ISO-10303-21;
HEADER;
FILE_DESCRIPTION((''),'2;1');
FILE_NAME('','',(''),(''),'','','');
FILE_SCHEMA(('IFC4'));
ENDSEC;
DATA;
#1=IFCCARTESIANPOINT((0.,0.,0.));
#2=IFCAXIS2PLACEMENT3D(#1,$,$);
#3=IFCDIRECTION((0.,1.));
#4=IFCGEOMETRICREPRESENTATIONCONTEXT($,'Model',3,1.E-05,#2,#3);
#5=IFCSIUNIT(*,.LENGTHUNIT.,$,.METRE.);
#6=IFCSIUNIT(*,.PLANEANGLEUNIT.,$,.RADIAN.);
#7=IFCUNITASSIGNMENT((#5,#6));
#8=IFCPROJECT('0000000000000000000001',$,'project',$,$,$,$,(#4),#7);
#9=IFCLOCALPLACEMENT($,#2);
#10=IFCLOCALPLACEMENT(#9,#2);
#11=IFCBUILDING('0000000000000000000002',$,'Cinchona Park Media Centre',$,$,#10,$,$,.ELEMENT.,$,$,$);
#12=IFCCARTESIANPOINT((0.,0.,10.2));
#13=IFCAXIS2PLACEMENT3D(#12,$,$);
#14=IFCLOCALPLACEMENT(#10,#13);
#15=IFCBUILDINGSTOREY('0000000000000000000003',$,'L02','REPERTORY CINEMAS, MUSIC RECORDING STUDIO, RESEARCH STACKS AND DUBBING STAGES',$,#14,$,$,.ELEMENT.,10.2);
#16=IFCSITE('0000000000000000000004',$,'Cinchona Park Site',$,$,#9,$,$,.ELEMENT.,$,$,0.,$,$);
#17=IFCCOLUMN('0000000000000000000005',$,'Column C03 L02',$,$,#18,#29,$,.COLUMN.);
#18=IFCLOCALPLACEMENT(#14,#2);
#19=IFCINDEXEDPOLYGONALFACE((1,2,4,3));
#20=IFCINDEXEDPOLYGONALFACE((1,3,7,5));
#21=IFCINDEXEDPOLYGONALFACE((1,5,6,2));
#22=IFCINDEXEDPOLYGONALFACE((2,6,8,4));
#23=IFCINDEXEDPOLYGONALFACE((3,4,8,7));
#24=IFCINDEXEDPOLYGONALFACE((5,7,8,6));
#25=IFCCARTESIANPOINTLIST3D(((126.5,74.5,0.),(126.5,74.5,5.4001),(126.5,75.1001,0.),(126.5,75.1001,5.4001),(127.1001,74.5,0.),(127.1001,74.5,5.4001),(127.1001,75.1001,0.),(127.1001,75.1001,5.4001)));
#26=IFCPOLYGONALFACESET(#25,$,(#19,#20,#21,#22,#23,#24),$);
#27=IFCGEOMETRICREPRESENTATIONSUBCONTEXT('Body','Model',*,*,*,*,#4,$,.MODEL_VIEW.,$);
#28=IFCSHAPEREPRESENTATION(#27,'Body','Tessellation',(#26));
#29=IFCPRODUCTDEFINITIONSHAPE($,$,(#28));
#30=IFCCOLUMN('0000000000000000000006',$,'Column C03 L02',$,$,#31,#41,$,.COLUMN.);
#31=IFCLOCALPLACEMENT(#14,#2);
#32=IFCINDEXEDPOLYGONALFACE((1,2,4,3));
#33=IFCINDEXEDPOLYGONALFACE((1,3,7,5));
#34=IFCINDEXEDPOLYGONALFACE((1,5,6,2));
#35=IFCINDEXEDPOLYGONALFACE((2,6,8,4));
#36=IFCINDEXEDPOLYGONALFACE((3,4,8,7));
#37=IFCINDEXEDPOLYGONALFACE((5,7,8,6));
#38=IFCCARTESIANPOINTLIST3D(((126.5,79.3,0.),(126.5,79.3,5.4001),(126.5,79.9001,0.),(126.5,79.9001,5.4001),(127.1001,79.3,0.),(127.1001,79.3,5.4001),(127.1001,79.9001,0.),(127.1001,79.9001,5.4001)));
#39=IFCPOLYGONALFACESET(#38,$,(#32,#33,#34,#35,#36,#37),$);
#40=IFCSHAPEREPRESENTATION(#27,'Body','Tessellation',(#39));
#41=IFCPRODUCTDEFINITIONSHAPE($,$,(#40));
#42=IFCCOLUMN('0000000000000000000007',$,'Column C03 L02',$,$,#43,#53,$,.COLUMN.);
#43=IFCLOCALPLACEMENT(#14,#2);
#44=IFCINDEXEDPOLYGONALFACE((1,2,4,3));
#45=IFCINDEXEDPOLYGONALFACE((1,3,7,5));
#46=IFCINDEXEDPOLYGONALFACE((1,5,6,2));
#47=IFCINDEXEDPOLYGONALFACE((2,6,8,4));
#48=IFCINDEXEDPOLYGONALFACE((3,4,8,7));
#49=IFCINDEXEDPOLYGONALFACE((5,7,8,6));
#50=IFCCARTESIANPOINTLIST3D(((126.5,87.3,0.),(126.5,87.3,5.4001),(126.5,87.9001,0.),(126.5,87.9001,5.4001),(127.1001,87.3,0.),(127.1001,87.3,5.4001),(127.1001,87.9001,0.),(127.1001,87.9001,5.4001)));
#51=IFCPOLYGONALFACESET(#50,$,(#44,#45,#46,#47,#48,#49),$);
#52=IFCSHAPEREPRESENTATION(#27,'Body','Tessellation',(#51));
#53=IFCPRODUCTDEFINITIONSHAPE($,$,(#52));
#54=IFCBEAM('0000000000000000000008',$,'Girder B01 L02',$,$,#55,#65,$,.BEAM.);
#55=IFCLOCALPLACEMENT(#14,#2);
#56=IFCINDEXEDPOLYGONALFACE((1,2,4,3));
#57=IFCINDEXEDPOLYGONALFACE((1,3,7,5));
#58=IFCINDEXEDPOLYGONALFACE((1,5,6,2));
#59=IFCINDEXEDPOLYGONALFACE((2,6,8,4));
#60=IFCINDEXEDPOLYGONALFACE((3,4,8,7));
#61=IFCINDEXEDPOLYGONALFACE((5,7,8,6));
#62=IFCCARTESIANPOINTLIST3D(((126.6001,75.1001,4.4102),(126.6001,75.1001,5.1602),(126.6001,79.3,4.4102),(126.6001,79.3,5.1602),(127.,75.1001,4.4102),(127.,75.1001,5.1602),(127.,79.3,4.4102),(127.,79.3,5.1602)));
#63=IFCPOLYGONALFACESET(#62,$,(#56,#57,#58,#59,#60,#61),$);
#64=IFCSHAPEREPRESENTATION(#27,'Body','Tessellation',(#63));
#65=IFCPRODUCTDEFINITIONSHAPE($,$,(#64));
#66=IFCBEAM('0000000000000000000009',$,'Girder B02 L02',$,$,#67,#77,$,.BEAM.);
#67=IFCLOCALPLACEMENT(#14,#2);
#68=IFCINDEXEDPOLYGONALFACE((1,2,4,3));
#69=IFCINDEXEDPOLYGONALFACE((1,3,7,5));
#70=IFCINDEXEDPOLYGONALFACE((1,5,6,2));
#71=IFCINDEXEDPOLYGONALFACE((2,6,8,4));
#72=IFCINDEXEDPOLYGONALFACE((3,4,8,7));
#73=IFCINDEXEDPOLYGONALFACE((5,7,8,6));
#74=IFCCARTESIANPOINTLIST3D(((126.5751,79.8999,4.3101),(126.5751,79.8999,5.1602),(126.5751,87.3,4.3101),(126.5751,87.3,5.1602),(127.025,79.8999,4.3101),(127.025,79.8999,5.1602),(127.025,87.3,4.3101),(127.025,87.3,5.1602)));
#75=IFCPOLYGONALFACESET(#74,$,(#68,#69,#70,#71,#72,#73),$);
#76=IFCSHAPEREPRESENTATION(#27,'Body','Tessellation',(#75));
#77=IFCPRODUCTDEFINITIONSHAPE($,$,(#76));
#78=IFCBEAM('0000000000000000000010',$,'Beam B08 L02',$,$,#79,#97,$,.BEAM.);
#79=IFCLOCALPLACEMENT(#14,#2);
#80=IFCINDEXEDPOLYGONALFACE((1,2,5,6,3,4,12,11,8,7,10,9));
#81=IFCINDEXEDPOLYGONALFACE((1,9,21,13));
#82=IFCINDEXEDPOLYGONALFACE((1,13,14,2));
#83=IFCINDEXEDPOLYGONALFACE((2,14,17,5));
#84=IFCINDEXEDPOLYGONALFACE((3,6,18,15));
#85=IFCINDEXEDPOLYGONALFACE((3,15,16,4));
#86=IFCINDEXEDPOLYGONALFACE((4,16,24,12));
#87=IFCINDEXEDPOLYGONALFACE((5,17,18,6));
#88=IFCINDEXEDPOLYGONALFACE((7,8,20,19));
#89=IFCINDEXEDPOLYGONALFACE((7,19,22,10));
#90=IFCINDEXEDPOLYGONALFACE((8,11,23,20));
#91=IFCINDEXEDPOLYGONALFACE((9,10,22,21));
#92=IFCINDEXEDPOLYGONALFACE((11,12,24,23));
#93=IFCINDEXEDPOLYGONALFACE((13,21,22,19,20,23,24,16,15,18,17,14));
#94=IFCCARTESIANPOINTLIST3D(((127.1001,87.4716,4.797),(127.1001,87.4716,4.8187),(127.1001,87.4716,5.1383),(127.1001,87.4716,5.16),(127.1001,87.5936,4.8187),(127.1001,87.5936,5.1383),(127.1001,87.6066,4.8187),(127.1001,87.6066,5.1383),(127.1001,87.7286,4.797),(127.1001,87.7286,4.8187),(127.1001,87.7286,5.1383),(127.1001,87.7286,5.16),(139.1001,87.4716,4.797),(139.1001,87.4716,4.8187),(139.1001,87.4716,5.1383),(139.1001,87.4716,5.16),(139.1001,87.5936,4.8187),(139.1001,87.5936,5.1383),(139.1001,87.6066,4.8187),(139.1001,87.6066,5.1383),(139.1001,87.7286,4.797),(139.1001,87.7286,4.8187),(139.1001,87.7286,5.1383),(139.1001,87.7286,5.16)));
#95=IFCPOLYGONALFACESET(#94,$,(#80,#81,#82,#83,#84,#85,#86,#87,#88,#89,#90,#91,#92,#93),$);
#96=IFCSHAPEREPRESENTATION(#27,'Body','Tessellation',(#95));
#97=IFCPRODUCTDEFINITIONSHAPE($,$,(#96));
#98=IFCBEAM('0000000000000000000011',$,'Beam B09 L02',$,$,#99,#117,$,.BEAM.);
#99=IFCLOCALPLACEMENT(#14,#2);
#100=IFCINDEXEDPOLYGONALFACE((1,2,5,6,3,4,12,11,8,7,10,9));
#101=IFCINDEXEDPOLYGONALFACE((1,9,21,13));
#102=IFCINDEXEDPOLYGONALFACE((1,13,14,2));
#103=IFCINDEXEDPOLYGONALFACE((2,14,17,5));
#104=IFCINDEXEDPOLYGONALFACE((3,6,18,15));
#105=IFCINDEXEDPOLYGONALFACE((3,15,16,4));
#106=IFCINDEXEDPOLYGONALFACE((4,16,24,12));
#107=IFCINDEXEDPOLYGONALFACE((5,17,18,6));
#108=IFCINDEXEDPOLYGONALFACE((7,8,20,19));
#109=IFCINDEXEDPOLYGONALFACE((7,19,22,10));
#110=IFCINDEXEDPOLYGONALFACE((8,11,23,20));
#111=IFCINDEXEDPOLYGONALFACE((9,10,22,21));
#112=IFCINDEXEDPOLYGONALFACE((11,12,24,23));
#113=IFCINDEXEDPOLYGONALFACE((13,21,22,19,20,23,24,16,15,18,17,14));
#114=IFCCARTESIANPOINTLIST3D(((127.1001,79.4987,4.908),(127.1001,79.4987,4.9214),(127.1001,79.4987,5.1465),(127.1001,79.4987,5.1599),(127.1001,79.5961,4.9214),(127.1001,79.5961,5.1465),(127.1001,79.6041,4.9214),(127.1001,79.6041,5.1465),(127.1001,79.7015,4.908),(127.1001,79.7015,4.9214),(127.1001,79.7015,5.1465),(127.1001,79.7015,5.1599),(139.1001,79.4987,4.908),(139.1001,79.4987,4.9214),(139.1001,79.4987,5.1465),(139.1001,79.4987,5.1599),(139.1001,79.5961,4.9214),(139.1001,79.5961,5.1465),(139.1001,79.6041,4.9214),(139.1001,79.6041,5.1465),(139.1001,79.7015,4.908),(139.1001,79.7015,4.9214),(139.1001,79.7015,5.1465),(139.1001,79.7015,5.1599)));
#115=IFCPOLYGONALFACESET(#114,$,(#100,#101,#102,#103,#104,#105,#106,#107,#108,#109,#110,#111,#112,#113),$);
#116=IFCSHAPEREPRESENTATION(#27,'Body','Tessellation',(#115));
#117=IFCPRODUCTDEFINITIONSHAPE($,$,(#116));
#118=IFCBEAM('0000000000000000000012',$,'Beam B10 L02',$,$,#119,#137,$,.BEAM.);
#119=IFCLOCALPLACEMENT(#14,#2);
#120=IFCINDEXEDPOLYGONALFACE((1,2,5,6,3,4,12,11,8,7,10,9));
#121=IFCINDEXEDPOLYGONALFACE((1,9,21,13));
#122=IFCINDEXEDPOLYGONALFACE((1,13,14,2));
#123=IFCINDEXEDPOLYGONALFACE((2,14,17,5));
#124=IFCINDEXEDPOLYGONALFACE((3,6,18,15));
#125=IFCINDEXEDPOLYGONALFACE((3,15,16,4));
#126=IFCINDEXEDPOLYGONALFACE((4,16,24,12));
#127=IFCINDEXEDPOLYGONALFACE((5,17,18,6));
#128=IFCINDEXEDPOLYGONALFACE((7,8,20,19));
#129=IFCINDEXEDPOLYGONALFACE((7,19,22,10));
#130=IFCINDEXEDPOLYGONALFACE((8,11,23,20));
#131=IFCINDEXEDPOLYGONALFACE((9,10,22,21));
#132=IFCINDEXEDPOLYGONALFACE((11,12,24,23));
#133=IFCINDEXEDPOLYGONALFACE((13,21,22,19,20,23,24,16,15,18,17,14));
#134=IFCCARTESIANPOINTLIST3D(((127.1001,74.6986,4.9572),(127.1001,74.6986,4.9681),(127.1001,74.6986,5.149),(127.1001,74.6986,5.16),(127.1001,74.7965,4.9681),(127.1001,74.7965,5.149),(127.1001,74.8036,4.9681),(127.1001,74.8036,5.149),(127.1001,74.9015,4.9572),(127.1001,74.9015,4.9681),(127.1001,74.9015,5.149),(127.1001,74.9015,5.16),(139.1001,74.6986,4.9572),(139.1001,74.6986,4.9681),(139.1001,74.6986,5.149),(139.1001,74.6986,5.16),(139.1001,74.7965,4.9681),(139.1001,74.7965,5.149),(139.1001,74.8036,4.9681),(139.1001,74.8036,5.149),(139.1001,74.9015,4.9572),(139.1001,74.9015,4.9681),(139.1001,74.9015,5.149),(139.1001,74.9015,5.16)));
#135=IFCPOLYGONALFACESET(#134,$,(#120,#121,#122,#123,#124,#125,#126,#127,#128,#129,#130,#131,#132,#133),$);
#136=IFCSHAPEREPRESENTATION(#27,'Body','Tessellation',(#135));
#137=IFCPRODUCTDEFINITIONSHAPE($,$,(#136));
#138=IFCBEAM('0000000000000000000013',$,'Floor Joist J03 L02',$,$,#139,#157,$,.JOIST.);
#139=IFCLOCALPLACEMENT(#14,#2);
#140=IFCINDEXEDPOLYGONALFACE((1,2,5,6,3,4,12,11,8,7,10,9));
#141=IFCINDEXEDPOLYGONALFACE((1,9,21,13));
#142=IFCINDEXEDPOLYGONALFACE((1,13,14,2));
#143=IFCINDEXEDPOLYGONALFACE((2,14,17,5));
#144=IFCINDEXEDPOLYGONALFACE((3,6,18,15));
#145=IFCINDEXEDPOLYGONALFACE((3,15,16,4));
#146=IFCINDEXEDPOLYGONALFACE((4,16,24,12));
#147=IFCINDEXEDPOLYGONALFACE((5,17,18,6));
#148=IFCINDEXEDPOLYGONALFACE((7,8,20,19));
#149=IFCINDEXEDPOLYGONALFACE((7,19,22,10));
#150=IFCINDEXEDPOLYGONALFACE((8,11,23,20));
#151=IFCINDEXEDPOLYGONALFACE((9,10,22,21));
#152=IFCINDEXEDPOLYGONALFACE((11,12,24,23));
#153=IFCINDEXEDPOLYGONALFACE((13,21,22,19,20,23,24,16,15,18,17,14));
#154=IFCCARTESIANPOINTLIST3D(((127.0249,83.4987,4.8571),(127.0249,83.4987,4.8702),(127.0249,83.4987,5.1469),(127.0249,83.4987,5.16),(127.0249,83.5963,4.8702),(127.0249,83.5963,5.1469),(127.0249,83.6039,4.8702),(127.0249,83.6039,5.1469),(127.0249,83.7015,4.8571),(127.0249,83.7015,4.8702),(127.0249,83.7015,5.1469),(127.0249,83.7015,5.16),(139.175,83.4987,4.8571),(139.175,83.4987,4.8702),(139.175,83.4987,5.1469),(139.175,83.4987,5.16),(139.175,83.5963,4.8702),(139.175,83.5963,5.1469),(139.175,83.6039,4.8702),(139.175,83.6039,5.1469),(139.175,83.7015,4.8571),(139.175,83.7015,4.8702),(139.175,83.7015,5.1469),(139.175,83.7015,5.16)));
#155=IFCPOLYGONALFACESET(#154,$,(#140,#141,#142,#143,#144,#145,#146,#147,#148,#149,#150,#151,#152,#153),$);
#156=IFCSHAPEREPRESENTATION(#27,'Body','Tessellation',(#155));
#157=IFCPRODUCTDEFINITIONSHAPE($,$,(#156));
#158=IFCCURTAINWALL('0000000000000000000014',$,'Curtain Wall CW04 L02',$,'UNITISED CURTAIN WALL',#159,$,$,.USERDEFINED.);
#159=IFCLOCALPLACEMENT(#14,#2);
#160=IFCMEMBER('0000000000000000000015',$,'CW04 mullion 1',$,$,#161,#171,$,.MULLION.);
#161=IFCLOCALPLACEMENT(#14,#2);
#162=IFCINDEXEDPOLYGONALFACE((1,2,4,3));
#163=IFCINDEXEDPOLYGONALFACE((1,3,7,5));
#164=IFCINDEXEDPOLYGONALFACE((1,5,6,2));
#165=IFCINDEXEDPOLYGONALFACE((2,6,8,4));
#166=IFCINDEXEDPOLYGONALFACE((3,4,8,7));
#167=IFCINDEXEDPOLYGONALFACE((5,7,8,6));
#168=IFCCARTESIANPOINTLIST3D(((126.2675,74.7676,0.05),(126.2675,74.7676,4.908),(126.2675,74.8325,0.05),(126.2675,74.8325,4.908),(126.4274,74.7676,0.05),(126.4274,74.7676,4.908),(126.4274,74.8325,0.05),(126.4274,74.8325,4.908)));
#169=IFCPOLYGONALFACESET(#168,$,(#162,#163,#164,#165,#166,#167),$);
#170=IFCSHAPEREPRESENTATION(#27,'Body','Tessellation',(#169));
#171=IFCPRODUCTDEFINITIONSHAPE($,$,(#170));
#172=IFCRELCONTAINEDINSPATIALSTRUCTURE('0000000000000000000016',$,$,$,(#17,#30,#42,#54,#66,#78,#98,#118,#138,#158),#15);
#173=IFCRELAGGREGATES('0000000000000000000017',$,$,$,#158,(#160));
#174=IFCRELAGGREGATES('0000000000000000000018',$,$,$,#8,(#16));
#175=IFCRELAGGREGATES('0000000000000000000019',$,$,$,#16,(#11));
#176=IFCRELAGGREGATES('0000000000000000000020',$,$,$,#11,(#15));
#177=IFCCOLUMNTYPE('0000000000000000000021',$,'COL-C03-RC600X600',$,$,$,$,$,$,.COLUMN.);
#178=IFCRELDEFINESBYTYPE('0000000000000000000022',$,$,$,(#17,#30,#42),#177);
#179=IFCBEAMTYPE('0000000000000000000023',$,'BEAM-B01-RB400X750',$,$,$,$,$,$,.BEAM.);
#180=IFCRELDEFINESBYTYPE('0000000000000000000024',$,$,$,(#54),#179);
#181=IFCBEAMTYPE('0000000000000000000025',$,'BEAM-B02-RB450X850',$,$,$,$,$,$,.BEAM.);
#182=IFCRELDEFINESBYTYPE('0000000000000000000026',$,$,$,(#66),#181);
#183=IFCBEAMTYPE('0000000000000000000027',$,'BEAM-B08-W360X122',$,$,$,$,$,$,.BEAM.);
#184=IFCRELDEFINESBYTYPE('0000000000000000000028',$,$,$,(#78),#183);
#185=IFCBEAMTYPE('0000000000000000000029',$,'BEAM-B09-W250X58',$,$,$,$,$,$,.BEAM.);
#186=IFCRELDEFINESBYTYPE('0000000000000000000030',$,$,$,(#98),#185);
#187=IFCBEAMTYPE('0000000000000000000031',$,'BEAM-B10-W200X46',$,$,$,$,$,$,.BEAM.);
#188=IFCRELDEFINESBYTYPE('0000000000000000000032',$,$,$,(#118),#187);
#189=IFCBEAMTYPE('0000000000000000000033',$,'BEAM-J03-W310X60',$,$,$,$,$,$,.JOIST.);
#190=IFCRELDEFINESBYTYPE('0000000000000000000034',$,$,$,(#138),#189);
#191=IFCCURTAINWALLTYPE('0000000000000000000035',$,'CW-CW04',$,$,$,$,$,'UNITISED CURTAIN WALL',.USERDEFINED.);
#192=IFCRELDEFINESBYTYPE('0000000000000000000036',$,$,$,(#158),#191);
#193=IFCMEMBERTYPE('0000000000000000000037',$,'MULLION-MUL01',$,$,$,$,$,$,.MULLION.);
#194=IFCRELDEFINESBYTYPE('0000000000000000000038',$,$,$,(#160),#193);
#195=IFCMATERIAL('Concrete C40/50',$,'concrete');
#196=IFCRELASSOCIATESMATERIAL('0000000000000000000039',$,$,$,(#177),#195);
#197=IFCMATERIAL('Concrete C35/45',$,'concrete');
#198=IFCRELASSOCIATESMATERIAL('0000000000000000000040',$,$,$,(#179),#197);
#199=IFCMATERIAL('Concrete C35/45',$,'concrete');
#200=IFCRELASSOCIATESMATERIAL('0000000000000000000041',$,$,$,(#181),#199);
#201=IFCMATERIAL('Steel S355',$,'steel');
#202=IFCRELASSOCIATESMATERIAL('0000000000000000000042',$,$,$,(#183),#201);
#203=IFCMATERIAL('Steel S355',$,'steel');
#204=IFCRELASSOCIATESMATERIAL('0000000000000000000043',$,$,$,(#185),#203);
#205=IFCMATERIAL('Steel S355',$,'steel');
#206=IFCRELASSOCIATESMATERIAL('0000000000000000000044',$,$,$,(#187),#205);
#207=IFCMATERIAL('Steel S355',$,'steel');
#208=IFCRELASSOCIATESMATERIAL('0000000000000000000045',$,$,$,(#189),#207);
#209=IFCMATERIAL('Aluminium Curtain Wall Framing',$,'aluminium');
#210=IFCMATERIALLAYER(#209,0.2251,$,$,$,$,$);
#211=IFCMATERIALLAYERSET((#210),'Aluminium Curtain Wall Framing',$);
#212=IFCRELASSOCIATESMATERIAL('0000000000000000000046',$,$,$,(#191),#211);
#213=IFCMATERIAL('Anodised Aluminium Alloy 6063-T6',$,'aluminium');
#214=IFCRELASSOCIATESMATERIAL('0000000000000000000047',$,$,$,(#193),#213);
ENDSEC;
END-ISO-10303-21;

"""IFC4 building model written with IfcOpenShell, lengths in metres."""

from ifc_helpers import new_model, si_unit, direction, frame, origin, origin_2d, place, context, subcontext, project, spatial, rectangle, i_section, extrude, material, layer, layer_set, material_profile, profile_set, type_object, element, aggregate, save


model = new_model("IFC4")

# Units and contexts
model_context = context("Model", 3, precision=1e-05, world=origin(), true_north=direction((0.0, 1.0)))
body_context = subcontext(model_context, "Body", "Model", "MODEL_VIEW")
ifc_project = project(units=[si_unit("LENGTHUNIT", "METRE"), si_unit("PLANEANGLEUNIT", "RADIAN")], contexts=[model_context])

# Site, building, storey
site_placement = place(None, origin())
site = spatial("IfcSite", under=ifc_project, at=site_placement, Name="Cinchona Park Site", CompositionType="ELEMENT", RefElevation=0.0)
building_placement = place(site_placement, origin())
building = spatial("IfcBuilding", under=site, at=building_placement, Name="Cinchona Park Media Centre", CompositionType="ELEMENT")
storey_placement = place(building_placement, frame((0.0, 0.0, 10.2)))
storey = spatial("IfcBuildingStorey", under=building, at=storey_placement, Name="L02", Description="REPERTORY CINEMAS, MUSIC RECORDING STUDIO, RESEARCH STACKS AND DUBBING STAGES", CompositionType="ELEMENT", Elevation=10.2)

# Columns
ifc_material_1 = material(Name="Concrete C40/50", Category="concrete")
ifc_material_profile_1 = material_profile(ifc_material_1, rectangle(XDim=0.6001, YDim=0.6001, at=origin_2d()), Name="RC 600X600")
ifc_profile_set_1 = profile_set([ifc_material_profile_1], Name="Concrete C40/50")
column_type = type_object("IfcColumnType", Name="COL-C03-RC600X600", PredefinedType="COLUMN", material=ifc_profile_set_1)
for number, where, z_axis, x_axis, name in (
    (1, (126.8, 74.8, 0.0), (0.0, 0.0, 1.0), (1.0, 0.0, 0.0), "Column C03 L02"),
    (2, (126.8, 79.6001, 0.0), (0.0, 0.0, 1.0), (1.0, 0.0, 0.0), "Column C03 L02"),
    (3, (126.8, 87.6001, 0.0), (0.0, 0.0, 1.0), (1.0, 0.0, 0.0), "Column C03 L02"),
):
    element("IfcColumn", number, at=place(storey_placement, frame(where, z_axis=z_axis, x_axis=x_axis)), inside=storey, type_object=column_type, Name=name, PredefinedType="COLUMN", context=body_context, shape_type="SweptSolid", body=[
        extrude(rectangle(XDim=0.6001, YDim=0.6001, at=origin_2d()), origin(), (0.0, 0.0, 1.0), 5.4001),
    ])

# Beams
ifc_material_2 = material(Name="Concrete C35/45", Category="concrete")
ifc_material_profile_2 = material_profile(ifc_material_2, rectangle(XDim=0.3999, YDim=0.75, at=origin_2d()), Name="RB 400X750")
ifc_profile_set_2 = profile_set([ifc_material_profile_2], Name="Concrete C35/45")
beam_type_1 = type_object("IfcBeamType", Name="BEAM-B01-RB400X750", PredefinedType="BEAM", material=ifc_profile_set_2)
beam_1_placement = place(storey_placement, frame((126.8, 75.1001, 4.7852), z_axis=(0.0, 1.0, 0.0), x_axis=(-1.0, 0.0, 0.0)))
element("IfcBeam", 4, at=beam_1_placement, inside=storey, type_object=beam_type_1, Name="Girder B01 L02", PredefinedType="BEAM", context=body_context, shape_type="SweptSolid", body=[
    extrude(rectangle(XDim=0.3999, YDim=0.75, at=origin_2d()), origin(), (0.0, 0.0, 1.0), 4.2),
])
ifc_material_3 = material(Name="Concrete C35/45", Category="concrete")
ifc_material_profile_3 = material_profile(ifc_material_3, rectangle(XDim=0.45, YDim=0.8501, at=origin_2d()), Name="RB 450X850")
ifc_profile_set_3 = profile_set([ifc_material_profile_3], Name="Concrete C35/45")
beam_type_2 = type_object("IfcBeamType", Name="BEAM-B02-RB450X850", PredefinedType="BEAM", material=ifc_profile_set_3)
beam_2_placement = place(storey_placement, frame((126.8, 79.8999, 4.7351), z_axis=(0.0, 1.0, 0.0), x_axis=(-1.0, 0.0, 0.0)))
element("IfcBeam", 5, at=beam_2_placement, inside=storey, type_object=beam_type_2, Name="Girder B02 L02", PredefinedType="BEAM", context=body_context, shape_type="SweptSolid", body=[
    extrude(rectangle(XDim=0.45, YDim=0.8501, at=origin_2d()), origin(), (0.0, 0.0, 1.0), 7.4001),
])
ifc_material_4 = material(Name="Steel S355", Category="steel")
ifc_material_profile_4 = material_profile(ifc_material_4, i_section(OverallWidth=0.2571, OverallDepth=0.363, WebThickness=0.0129, FlangeThickness=0.0217, at=origin_2d()), Name="W360X122")
ifc_profile_set_4 = profile_set([ifc_material_profile_4], Name="Steel S355")
beam_type_3 = type_object("IfcBeamType", Name="BEAM-B08-W360X122", PredefinedType="BEAM", material=ifc_profile_set_4)
beam_3_placement = place(storey_placement, frame((127.1001, 87.6001, 4.9785), z_axis=(1.0, 0.0, 0.0), x_axis=(0.0, 1.0, 0.0)))
element("IfcBeam", 6, at=beam_3_placement, inside=storey, type_object=beam_type_3, Name="Beam B08 L02", PredefinedType="BEAM", context=body_context, shape_type="SweptSolid", body=[
    extrude(i_section(OverallWidth=0.2571, OverallDepth=0.363, WebThickness=0.0129, FlangeThickness=0.0217, at=origin_2d()), origin(), (0.0, 0.0, 1.0), 12.0),
])
ifc_material_5 = material(Name="Steel S355", Category="steel")
ifc_material_profile_5 = material_profile(ifc_material_5, i_section(OverallWidth=0.2029, OverallDepth=0.252, WebThickness=0.0081, FlangeThickness=0.0134, at=origin_2d()), Name="W250X58")
ifc_profile_set_5 = profile_set([ifc_material_profile_5], Name="Steel S355")
beam_type_4 = type_object("IfcBeamType", Name="BEAM-B09-W250X58", PredefinedType="BEAM", material=ifc_profile_set_5)
beam_4_placement = place(storey_placement, frame((127.1001, 79.6001, 5.0339), z_axis=(1.0, 0.0, 0.0), x_axis=(0.0, 1.0, 0.0)))
element("IfcBeam", 7, at=beam_4_placement, inside=storey, type_object=beam_type_4, Name="Beam B09 L02", PredefinedType="BEAM", context=body_context, shape_type="SweptSolid", body=[
    extrude(i_section(OverallWidth=0.2029, OverallDepth=0.252, WebThickness=0.0081, FlangeThickness=0.0134, at=origin_2d()), origin(), (0.0, 0.0, 1.0), 12.0),
])
ifc_material_6 = material(Name="Steel S355", Category="steel")
ifc_material_profile_6 = material_profile(ifc_material_6, i_section(OverallWidth=0.2029, OverallDepth=0.2029, WebThickness=0.0071, FlangeThickness=0.011, at=origin_2d()), Name="W200X46")
ifc_profile_set_6 = profile_set([ifc_material_profile_6], Name="Steel S355")
beam_type_5 = type_object("IfcBeamType", Name="BEAM-B10-W200X46", PredefinedType="BEAM", material=ifc_profile_set_6)
beam_5_placement = place(storey_placement, frame((127.1001, 74.8, 5.0586), z_axis=(1.0, 0.0, 0.0), x_axis=(0.0, 1.0, 0.0)))
element("IfcBeam", 8, at=beam_5_placement, inside=storey, type_object=beam_type_5, Name="Beam B10 L02", PredefinedType="BEAM", context=body_context, shape_type="SweptSolid", body=[
    extrude(i_section(OverallWidth=0.2029, OverallDepth=0.2029, WebThickness=0.0071, FlangeThickness=0.011, at=origin_2d()), origin(), (0.0, 0.0, 1.0), 12.0),
])
ifc_material_7 = material(Name="Steel S355", Category="steel")
ifc_material_profile_7 = material_profile(ifc_material_7, i_section(OverallWidth=0.2029, OverallDepth=0.303, WebThickness=0.0076, FlangeThickness=0.0132, at=origin_2d()), Name="W310X60")
ifc_profile_set_7 = profile_set([ifc_material_profile_7], Name="Steel S355")
beam_type_6 = type_object("IfcBeamType", Name="BEAM-J03-W310X60", PredefinedType="JOIST", material=ifc_profile_set_7)
beam_6_placement = place(storey_placement, frame((127.0249, 83.6001, 5.0085), z_axis=(1.0, 0.0, 0.0), x_axis=(0.0, 1.0, 0.0)))
element("IfcBeam", 9, at=beam_6_placement, inside=storey, type_object=beam_type_6, Name="Floor Joist J03 L02", PredefinedType="JOIST", context=body_context, shape_type="SweptSolid", body=[
    extrude(i_section(OverallWidth=0.2029, OverallDepth=0.303, WebThickness=0.0076, FlangeThickness=0.0132, at=origin_2d()), origin(), (0.0, 0.0, 1.0), 12.1501),
])

# Curtain wall, member
ifc_material_8 = material(Name="Aluminium Curtain Wall Framing", Category="aluminium")
ifc_layer_1 = layer(ifc_material_8, 0.2251)
ifc_layer_set_1 = layer_set([ifc_layer_1], Name="Aluminium Curtain Wall Framing")
curtain_wall_type_1 = type_object("IfcCurtainWallType", Name="CW-CW04", ElementType="UNITISED CURTAIN WALL", PredefinedType="USERDEFINED", material=ifc_layer_set_1)
curtain_wall_1_placement = place(storey_placement, origin())
curtain_wall_1 = element("IfcCurtainWall", 10, at=curtain_wall_1_placement, inside=storey, type_object=curtain_wall_type_1, Name="Curtain Wall CW04 L02", ObjectType="UNITISED CURTAIN WALL", PredefinedType="USERDEFINED")
ifc_material_9 = material(Name="Anodised Aluminium Alloy 6063-T6", Category="aluminium")
ifc_material_profile_8 = material_profile(ifc_material_9, rectangle(XDim=0.0649, YDim=0.1599, at=origin_2d()), Name="MUL-65X160")
ifc_profile_set_8 = profile_set([ifc_material_profile_8], Name="Anodised Aluminium Alloy 6063-T6")
member_type_1 = type_object("IfcMemberType", Name="MULLION-MUL01", PredefinedType="MULLION", material=ifc_profile_set_8)
member_1_placement = place(storey_placement, frame((126.3474, 74.8, 0.05), z_axis=(0.0, 0.0, 1.0), x_axis=(0.0, -1.0, 0.0)))
member_1 = element("IfcMember", 11, at=member_1_placement, type_object=member_type_1, Name="CW04 mullion 1", PredefinedType="MULLION", context=body_context, shape_type="SweptSolid", body=[
    extrude(rectangle(XDim=0.0649, YDim=0.1599, at=origin_2d()), origin(), (0.0, 0.0, 1.0), 4.8579),
])

aggregate(curtain_wall_1, [member_1])

save(model, "model.ifc")
